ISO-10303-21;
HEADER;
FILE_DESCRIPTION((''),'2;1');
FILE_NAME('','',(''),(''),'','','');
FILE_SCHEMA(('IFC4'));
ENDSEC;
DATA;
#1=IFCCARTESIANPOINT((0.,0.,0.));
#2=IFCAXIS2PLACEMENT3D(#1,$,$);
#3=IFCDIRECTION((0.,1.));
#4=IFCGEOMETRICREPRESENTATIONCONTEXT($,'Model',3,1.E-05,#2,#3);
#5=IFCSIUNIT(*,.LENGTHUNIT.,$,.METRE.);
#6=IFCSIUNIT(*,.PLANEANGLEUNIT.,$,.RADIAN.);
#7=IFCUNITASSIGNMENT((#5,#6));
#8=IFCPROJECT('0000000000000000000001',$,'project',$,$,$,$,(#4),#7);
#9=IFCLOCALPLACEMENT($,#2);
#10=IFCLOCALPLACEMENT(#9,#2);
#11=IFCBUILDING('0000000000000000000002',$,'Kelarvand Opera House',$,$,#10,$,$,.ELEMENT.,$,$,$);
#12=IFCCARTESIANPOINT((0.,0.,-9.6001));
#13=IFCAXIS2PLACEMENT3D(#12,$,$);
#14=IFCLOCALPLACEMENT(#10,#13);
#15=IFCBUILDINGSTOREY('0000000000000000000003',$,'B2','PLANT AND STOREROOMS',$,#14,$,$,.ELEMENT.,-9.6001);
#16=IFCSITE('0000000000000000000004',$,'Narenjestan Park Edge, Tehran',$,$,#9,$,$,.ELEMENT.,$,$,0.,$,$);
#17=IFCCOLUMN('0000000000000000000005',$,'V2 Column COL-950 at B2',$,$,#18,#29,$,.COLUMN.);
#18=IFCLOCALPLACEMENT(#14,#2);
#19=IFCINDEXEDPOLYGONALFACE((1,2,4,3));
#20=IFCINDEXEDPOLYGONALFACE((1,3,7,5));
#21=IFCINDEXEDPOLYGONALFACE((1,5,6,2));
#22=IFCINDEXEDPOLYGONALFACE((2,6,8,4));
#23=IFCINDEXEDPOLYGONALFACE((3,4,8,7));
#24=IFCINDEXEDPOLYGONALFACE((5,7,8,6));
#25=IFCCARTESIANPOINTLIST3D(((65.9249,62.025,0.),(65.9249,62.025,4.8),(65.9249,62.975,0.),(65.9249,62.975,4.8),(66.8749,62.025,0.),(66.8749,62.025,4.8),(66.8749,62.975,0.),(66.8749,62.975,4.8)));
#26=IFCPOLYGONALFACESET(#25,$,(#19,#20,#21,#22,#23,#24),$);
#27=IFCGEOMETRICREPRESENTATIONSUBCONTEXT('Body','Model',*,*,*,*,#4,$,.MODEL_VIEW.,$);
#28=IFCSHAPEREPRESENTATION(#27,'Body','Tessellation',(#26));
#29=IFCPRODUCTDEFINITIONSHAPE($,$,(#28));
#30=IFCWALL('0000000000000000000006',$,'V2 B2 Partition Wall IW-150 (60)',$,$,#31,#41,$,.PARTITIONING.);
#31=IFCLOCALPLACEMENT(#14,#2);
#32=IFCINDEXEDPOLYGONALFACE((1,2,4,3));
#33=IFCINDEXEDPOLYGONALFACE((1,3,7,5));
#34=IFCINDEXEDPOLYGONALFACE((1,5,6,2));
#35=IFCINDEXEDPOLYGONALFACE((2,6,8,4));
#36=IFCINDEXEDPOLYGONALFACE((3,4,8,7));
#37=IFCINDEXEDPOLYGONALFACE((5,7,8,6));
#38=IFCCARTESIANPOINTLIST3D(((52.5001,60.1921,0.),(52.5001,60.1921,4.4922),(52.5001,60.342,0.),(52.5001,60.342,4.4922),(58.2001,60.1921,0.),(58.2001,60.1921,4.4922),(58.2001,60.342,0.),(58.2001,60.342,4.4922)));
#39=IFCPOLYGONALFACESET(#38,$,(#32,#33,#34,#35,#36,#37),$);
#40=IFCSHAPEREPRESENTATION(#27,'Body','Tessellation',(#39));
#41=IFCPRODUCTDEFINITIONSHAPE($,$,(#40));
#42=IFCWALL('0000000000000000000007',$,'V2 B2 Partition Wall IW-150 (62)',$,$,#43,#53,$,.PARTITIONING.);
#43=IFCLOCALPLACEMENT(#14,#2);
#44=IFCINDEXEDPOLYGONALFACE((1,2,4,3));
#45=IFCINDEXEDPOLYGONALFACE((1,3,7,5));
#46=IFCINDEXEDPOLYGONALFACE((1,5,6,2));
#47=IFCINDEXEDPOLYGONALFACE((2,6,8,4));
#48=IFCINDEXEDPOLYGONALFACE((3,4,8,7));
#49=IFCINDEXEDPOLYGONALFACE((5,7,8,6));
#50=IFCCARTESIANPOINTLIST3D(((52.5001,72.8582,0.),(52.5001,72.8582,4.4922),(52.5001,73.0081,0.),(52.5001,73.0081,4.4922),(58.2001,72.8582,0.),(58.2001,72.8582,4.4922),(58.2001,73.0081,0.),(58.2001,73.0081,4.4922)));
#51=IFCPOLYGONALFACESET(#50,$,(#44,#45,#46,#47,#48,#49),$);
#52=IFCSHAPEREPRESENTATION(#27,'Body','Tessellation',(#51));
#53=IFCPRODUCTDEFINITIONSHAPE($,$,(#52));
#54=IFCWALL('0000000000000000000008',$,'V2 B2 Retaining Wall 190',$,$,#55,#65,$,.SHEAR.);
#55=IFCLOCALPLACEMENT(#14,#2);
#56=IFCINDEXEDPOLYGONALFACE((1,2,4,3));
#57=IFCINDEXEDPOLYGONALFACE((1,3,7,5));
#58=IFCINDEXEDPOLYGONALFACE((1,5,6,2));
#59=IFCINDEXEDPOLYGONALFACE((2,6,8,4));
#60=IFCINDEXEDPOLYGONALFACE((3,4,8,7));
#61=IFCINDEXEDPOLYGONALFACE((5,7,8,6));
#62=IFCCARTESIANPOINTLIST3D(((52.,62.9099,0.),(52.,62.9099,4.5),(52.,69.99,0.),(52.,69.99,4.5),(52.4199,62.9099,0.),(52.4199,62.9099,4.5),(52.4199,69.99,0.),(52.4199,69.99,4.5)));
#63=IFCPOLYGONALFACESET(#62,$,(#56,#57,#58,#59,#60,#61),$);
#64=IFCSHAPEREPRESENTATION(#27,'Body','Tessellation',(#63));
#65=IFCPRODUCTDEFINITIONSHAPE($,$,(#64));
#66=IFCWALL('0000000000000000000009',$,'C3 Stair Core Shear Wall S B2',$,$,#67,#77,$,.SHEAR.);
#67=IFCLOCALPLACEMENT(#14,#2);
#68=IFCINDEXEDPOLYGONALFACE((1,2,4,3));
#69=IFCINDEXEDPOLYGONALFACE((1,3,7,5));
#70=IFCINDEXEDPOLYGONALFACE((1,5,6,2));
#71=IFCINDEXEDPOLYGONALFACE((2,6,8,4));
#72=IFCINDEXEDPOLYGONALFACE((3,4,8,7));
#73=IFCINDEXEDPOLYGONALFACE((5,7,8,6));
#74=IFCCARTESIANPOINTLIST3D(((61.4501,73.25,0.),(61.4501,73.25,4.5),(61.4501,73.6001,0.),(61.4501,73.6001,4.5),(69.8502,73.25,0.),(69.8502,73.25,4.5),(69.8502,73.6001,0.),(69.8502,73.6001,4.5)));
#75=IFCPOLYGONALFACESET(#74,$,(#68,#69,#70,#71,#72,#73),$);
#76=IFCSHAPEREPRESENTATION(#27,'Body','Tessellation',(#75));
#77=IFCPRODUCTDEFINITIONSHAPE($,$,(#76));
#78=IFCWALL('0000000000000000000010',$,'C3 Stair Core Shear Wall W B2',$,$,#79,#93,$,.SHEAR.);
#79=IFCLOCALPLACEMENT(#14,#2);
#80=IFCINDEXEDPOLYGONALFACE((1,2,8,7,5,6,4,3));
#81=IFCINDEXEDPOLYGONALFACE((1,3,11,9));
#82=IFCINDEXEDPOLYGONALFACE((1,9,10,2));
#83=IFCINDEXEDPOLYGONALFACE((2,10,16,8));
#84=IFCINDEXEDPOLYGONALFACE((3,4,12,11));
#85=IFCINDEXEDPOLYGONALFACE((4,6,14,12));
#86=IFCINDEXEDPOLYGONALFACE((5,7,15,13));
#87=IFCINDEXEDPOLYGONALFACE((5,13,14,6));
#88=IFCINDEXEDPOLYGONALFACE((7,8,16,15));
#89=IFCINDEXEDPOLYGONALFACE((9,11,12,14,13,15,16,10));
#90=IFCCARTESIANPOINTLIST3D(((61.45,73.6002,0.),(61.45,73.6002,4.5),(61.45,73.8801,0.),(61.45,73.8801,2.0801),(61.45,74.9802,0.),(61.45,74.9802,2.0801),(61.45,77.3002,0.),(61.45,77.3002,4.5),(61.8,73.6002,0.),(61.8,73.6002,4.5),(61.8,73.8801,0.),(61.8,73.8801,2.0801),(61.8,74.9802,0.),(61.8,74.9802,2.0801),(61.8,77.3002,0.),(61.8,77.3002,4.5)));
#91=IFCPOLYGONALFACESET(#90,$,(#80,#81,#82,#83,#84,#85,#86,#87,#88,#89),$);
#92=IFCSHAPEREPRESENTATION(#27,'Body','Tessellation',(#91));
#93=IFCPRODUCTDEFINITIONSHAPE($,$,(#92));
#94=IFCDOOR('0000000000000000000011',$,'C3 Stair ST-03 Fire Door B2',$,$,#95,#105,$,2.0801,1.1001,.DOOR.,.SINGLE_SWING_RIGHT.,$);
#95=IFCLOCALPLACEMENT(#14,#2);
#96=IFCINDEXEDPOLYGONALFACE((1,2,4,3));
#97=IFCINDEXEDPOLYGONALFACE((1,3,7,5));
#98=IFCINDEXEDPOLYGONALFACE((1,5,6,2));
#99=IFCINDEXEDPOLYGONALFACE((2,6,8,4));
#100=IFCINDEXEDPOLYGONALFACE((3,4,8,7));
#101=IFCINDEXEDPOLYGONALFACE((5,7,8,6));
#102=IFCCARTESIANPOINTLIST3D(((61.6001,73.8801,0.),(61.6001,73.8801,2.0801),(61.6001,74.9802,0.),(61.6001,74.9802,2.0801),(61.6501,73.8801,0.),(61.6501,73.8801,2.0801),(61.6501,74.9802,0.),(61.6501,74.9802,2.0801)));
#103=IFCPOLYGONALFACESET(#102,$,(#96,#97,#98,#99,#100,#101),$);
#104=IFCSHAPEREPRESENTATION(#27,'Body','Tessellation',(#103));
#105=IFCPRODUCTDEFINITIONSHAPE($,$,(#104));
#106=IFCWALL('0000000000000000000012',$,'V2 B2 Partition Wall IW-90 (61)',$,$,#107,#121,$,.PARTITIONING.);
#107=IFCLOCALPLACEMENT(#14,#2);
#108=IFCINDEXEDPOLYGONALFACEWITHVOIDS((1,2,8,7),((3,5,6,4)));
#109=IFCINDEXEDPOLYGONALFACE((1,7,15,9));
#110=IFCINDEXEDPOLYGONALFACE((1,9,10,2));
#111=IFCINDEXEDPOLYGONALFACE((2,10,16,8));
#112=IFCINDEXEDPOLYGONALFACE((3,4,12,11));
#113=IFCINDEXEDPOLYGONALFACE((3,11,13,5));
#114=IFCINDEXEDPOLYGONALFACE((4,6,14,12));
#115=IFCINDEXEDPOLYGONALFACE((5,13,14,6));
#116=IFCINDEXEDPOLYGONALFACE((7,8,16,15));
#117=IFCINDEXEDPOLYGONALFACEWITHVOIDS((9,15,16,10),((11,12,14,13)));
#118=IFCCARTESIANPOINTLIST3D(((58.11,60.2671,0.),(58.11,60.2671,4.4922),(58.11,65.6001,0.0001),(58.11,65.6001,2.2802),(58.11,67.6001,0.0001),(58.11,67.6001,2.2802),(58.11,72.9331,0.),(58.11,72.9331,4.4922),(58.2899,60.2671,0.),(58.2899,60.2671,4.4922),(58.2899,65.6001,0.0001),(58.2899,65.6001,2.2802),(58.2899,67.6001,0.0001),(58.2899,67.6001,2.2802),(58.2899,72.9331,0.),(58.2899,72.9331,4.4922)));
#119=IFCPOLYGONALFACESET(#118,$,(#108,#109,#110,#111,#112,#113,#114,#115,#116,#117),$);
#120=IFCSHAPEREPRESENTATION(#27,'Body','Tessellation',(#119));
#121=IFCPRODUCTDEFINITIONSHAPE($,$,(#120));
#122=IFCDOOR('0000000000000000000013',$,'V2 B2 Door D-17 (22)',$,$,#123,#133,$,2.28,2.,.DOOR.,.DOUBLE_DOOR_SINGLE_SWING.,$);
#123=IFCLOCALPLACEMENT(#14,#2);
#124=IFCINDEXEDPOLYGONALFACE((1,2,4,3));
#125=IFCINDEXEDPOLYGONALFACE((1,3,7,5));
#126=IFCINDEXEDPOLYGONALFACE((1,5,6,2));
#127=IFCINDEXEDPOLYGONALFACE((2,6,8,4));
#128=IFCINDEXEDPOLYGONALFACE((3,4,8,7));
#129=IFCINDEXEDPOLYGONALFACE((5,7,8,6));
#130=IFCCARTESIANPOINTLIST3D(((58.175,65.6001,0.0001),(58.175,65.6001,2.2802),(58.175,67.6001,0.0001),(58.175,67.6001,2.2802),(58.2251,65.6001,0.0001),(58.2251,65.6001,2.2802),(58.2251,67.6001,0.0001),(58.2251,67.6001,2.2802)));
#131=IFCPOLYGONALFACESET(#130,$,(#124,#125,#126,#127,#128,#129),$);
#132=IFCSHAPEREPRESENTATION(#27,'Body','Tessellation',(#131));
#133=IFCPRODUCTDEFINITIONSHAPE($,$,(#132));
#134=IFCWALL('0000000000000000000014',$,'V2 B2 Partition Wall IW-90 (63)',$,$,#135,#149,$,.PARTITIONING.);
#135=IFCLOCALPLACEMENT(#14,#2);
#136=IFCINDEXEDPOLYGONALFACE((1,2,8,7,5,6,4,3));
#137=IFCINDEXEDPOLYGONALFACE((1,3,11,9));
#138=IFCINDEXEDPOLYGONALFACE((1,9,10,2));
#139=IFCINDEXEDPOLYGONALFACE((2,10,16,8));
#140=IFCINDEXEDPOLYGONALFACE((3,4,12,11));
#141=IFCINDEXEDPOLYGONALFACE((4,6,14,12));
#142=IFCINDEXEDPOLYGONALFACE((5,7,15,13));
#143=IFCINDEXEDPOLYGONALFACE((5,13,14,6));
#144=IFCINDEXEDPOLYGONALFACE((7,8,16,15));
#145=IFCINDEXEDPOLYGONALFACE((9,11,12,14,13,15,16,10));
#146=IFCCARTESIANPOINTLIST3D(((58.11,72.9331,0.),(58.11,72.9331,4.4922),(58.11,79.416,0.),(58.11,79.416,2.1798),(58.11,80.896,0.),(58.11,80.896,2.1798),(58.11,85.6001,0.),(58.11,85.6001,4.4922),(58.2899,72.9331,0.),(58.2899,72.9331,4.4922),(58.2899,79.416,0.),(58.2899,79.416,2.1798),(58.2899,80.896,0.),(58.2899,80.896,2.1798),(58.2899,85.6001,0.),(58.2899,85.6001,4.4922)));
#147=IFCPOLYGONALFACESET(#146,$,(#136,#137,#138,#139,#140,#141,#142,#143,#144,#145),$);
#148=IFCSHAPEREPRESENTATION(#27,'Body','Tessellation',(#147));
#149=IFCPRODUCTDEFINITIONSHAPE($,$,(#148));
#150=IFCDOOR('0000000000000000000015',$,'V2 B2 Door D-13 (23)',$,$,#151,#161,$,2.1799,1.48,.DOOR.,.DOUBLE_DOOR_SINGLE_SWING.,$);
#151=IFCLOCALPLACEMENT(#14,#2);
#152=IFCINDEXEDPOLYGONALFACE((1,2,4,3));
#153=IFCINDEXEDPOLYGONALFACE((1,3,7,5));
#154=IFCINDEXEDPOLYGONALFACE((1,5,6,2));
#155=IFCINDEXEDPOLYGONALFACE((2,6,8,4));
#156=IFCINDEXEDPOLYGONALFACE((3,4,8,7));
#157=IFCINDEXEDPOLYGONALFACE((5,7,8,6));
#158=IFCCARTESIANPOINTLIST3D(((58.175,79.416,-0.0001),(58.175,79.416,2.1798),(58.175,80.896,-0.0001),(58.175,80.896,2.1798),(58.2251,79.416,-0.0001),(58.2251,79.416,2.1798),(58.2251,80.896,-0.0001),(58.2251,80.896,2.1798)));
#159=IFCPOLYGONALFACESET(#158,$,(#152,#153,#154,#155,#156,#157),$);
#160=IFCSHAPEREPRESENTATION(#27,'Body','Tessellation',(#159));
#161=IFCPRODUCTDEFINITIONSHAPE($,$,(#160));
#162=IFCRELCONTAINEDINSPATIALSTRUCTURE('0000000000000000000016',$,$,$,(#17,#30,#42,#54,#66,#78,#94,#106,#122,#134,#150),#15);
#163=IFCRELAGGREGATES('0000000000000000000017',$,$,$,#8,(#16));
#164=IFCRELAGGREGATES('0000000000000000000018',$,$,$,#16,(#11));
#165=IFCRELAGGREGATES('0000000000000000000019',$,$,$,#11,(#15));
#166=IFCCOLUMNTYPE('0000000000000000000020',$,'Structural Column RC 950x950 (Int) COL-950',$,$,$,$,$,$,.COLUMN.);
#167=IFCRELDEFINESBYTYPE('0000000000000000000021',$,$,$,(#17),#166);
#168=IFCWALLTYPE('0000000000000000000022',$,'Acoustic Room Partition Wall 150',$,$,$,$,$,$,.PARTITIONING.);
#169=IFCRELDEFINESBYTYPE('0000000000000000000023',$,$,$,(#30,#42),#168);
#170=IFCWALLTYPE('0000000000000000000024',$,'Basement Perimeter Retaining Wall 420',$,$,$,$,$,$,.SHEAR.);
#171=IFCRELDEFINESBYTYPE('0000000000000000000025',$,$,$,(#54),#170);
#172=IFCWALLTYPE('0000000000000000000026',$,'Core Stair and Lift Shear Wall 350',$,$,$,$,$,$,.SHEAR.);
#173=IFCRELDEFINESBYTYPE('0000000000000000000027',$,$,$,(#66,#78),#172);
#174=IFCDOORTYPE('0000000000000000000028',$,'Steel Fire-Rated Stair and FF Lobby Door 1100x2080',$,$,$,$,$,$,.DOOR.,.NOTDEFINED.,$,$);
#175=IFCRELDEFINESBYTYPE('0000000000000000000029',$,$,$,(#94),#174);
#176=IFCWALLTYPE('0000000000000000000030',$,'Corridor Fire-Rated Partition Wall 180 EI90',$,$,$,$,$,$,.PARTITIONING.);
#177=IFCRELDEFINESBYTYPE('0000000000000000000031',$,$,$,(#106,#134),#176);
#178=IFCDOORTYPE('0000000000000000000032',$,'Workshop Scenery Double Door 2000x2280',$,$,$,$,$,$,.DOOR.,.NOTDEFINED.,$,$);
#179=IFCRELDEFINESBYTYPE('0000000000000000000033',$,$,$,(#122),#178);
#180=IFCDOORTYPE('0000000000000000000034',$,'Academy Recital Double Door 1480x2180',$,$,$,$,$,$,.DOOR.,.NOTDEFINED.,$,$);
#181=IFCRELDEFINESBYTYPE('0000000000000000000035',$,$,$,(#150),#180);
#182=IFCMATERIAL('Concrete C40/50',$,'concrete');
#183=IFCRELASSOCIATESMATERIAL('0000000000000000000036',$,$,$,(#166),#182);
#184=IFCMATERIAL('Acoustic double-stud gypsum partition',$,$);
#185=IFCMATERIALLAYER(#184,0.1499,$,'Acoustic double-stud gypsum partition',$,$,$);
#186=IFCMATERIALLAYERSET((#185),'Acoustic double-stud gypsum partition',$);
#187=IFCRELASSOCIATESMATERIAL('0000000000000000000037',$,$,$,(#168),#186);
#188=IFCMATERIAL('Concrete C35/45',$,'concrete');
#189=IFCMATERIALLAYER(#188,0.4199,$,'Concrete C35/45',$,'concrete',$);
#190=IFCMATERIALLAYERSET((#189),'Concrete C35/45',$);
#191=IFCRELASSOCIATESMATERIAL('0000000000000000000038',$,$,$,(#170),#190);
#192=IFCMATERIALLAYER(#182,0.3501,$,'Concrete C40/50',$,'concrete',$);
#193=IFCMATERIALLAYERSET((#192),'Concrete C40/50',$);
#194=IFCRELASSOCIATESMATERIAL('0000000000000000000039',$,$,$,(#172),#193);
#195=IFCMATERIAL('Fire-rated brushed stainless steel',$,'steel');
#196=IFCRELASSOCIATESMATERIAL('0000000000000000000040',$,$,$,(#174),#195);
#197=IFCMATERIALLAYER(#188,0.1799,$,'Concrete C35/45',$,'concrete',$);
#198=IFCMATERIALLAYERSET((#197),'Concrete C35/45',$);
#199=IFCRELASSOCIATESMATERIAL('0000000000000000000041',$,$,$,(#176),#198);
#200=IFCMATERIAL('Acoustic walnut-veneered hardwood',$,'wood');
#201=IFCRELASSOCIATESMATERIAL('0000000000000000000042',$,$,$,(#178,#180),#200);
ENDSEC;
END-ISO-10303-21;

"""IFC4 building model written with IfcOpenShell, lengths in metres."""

from ifc_helpers import new_model, si_unit, direction, frame, frame_2d, origin, origin_2d, place, context, subcontext, project, spatial, rectangle, extrude, material, layer, layer_set, material_profile, profile_set, type_object, element, fill, save


model = new_model("IFC4")

# Units and contexts
model_context = context("Model", 3, precision=1e-05, world=origin(), true_north=direction((0.0, 1.0)))
body_context = subcontext(model_context, "Body", "Model", "MODEL_VIEW")
ifc_project = project(units=[si_unit("LENGTHUNIT", "METRE"), si_unit("PLANEANGLEUNIT", "RADIAN")], contexts=[model_context])

# Site, building, storey
site_placement = place(None, origin())
site = spatial("IfcSite", under=ifc_project, at=site_placement, Name="Narenjestan Park Edge, Tehran", CompositionType="ELEMENT", RefElevation=0.0)
building_placement = place(site_placement, origin())
building = spatial("IfcBuilding", under=site, at=building_placement, Name="Kelarvand Opera House", CompositionType="ELEMENT")
storey_placement = place(building_placement, frame((0.0, 0.0, -9.6001)))
storey = spatial("IfcBuildingStorey", under=building, at=storey_placement, Name="B2", Description="PLANT AND STOREROOMS", CompositionType="ELEMENT", Elevation=-9.6001)

# Shared definitions
ifc_material_1 = material(Name="Concrete C40/50", Category="concrete")

# Column
ifc_material_profile_1 = material_profile(ifc_material_1, rectangle(XDim=0.95, YDim=0.95, at=origin_2d()), Name="RC 950x950", Category="concrete")
ifc_profile_set_1 = profile_set([ifc_material_profile_1], Name="Concrete C40/50")
column_type_1 = type_object("IfcColumnType", Name="Structural Column RC 950x950 (Int) COL-950", PredefinedType="COLUMN", material=ifc_profile_set_1)
for number, where, z_axis, x_axis, name in (
    (1, (66.3999, 62.5, 0.0), (0.0, 0.0, 1.0), (1.0, 0.0, 0.0), "V2 Column COL-950 at B2"),
):
    element("IfcColumn", number, at=place(storey_placement, frame(where, z_axis=z_axis, x_axis=x_axis)), inside=storey, type_object=column_type_1, Name=name, PredefinedType="COLUMN", context=body_context, shape_type="SweptSolid", body=[
        extrude(rectangle(XDim=0.95, YDim=0.95, at=origin_2d()), origin(), (0.0, 0.0, 1.0), 4.8),
    ])

# Walls
ifc_material_2 = material(Name="Acoustic double-stud gypsum partition")
ifc_layer_1 = layer(ifc_material_2, 0.1499, Name="Acoustic double-stud gypsum partition")
ifc_layer_set_1 = layer_set([ifc_layer_1], Name="Acoustic double-stud gypsum partition")
wall_type_1 = type_object("IfcWallType", Name="Acoustic Room Partition Wall 150", PredefinedType="PARTITIONING", material=ifc_layer_set_1)
for number, where, z_axis, x_axis, name in (
    (2, (52.5, 60.2671, 0.0), (0.0, 0.0, 1.0), (1.0, 0.0, 0.0), "V2 B2 Partition Wall IW-150 (60)"),
    (3, (52.5, 72.9331, 0.0), (0.0, 0.0, 1.0), (1.0, 0.0, 0.0), "V2 B2 Partition Wall IW-150 (62)"),
):
    element("IfcWall", number, at=place(storey_placement, frame(where, z_axis=z_axis, x_axis=x_axis)), inside=storey, type_object=wall_type_1, Name=name, PredefinedType="PARTITIONING", context=body_context, shape_type="SweptSolid", body=[
        extrude(rectangle(XDim=5.7, YDim=0.1499, at=frame_2d((2.8501, 0.0))), origin(), (0.0, 0.0, 1.0), 4.4922),
    ])
ifc_material_3 = material(Name="Concrete C35/45", Category="concrete")
ifc_layer_2 = layer(ifc_material_3, 0.4199, Name="Concrete C35/45", Category="concrete")
ifc_layer_set_2 = layer_set([ifc_layer_2], Name="Concrete C35/45")
wall_type_2 = type_object("IfcWallType", Name="Basement Perimeter Retaining Wall 420", PredefinedType="SHEAR", material=ifc_layer_set_2)
wall_1_placement = place(storey_placement, frame((52.21, 62.9099, 0.0), z_axis=(0.0, 0.0, 1.0), x_axis=(0.0, 1.0, 0.0)))
element("IfcWall", 4, at=wall_1_placement, inside=storey, type_object=wall_type_2, Name="V2 B2 Retaining Wall 190", PredefinedType="SHEAR", context=body_context, shape_type="SweptSolid", body=[
    extrude(rectangle(XDim=7.0801, YDim=0.4199, at=frame_2d((3.54, 0.0))), origin(), (0.0, 0.0, 1.0), 4.5),
])
ifc_layer_3 = layer(ifc_material_1, 0.3501, Name="Concrete C40/50", Category="concrete")
ifc_layer_set_3 = layer_set([ifc_layer_3], Name="Concrete C40/50")
wall_type_3 = type_object("IfcWallType", Name="Core Stair and Lift Shear Wall 350", PredefinedType="SHEAR", material=ifc_layer_set_3)
wall_2_placement = place(storey_placement, frame((61.45, 73.425, 0.0), z_axis=(0.0, 0.0, 1.0), x_axis=(1.0, 0.0, 0.0)))
element("IfcWall", 5, at=wall_2_placement, inside=storey, type_object=wall_type_3, Name="C3 Stair Core Shear Wall S B2", PredefinedType="SHEAR", context=body_context, shape_type="SweptSolid", body=[
    extrude(rectangle(XDim=8.4001, YDim=0.3501, at=frame_2d((4.2002, 0.0))), origin(), (0.0, 0.0, 1.0), 4.5),
])

# Walls, openings, doors
wall_3_placement = place(storey_placement, frame((61.625, 73.6001, 0.0), z_axis=(0.0, 0.0, 1.0), x_axis=(0.0, 1.0, 0.0)))
wall_3 = element("IfcWall", 6, at=wall_3_placement, inside=storey, type_object=wall_type_3, Name="C3 Stair Core Shear Wall W B2", PredefinedType="SHEAR", context=body_context, shape_type="SweptSolid", body=[
    extrude(rectangle(XDim=3.7, YDim=0.3501, at=frame_2d((1.8501, 0.0))), origin(), (0.0, 0.0, 1.0), 4.5),
])
opening_1_placement = place(wall_3_placement, frame((0.28, 0.0, 0.0)))
opening_1 = element("IfcOpeningElement", 7, at=opening_1_placement, cuts=wall_3, PredefinedType="OPENING", context=body_context, shape_type="SweptSolid", body=[
    extrude(rectangle(XDim=1.1001, YDim=2.0801, at=frame_2d((0.55, 1.04))), frame((0.0, 0.1851, 0.0), z_axis=(0.0, -1.0, 0.0), x_axis=(1.0, 0.0, 0.0)), (0.0, 0.0, 1.0), 0.3701),
])
ifc_material_4 = material(Name="Fire-rated brushed stainless steel", Category="steel")
door_type_1 = type_object("IfcDoorType", Name="Steel Fire-Rated Stair and FF Lobby Door 1100x2080", OperationType="NOTDEFINED", PredefinedType="DOOR", material=ifc_material_4)
door_1_placement = place(opening_1_placement, origin())
door_1 = element("IfcDoor", 8, at=door_1_placement, inside=storey, type_object=door_type_1, Name="C3 Stair ST-03 Fire Door B2", OperationType="SINGLE_SWING_RIGHT", OverallHeight=2.0801, OverallWidth=1.1001, PredefinedType="DOOR", context=body_context, shape_type="SweptSolid", body=[
    extrude(rectangle(XDim=1.1001, YDim=2.0801, at=frame_2d((0.55, 1.04))), frame((0.0, 0.0249, 0.0), z_axis=(0.0, -1.0, 0.0), x_axis=(1.0, 0.0, 0.0)), (0.0, 0.0, 1.0), 0.05),
])
fill(opening_1, door_1)
ifc_layer_4 = layer(ifc_material_3, 0.1799, Name="Concrete C35/45", Category="concrete")
ifc_layer_set_4 = layer_set([ifc_layer_4], Name="Concrete C35/45")
wall_type_4 = type_object("IfcWallType", Name="Corridor Fire-Rated Partition Wall 180 EI90", PredefinedType="PARTITIONING", material=ifc_layer_set_4)
wall_4_placement = place(storey_placement, frame((58.2, 60.2671, 0.0), z_axis=(0.0, 0.0, 1.0), x_axis=(0.0, 1.0, 0.0)))
wall_4 = element("IfcWall", 9, at=wall_4_placement, inside=storey, type_object=wall_type_4, Name="V2 B2 Partition Wall IW-90 (61)", PredefinedType="PARTITIONING", context=body_context, shape_type="SweptSolid", body=[
    extrude(rectangle(XDim=12.666, YDim=0.1799, at=frame_2d((6.333, 0.0))), origin(), (0.0, 0.0, 1.0), 4.4922),
])
opening_2_placement = place(wall_4_placement, frame((5.333, 0.0, 0.0)))
opening_2 = element("IfcOpeningElement", 10, at=opening_2_placement, cuts=wall_4, PredefinedType="OPENING", context=body_context, shape_type="SweptSolid", body=[
    extrude(rectangle(XDim=2.0, YDim=2.28, at=frame_2d((1.0, 1.1401))), frame((0.0, 0.1001, 0.0), z_axis=(0.0, -1.0, 0.0), x_axis=(1.0, 0.0, 0.0)), (0.0, 0.0, 1.0), 0.2),
])
ifc_material_5 = material(Name="Acoustic walnut-veneered hardwood", Category="wood")
door_type_2 = type_object("IfcDoorType", Name="Workshop Scenery Double Door 2000x2280", OperationType="NOTDEFINED", PredefinedType="DOOR", material=ifc_material_5)
door_2_placement = place(opening_2_placement, origin())
door_2 = element("IfcDoor", 11, at=door_2_placement, inside=storey, type_object=door_type_2, Name="V2 B2 Door D-17 (22)", OperationType="DOUBLE_DOOR_SINGLE_SWING", OverallHeight=2.28, OverallWidth=2.0, PredefinedType="DOOR", context=body_context, shape_type="SweptSolid", body=[
    extrude(rectangle(XDim=2.0, YDim=2.28, at=frame_2d((1.0, 1.1401))), frame((0.0, 0.0249, 0.0), z_axis=(0.0, -1.0, 0.0), x_axis=(1.0, 0.0, 0.0)), (0.0, 0.0, 1.0), 0.05),
])
fill(opening_2, door_2)
wall_5_placement = place(storey_placement, frame((58.2, 72.9331, 0.0), z_axis=(0.0, 0.0, 1.0), x_axis=(0.0, 1.0, 0.0)))
wall_5 = element("IfcWall", 12, at=wall_5_placement, inside=storey, type_object=wall_type_4, Name="V2 B2 Partition Wall IW-90 (63)", PredefinedType="PARTITIONING", context=body_context, shape_type="SweptSolid", body=[
    extrude(rectangle(XDim=12.667, YDim=0.1799, at=frame_2d((6.3335, 0.0))), origin(), (0.0, 0.0, 1.0), 4.4922),
])
opening_3_placement = place(wall_5_placement, frame((6.4829, 0.0, 0.0)))
opening_3 = element("IfcOpeningElement", 13, at=opening_3_placement, cuts=wall_5, PredefinedType="OPENING", context=body_context, shape_type="SweptSolid", body=[
    extrude(rectangle(XDim=1.48, YDim=2.1799, at=frame_2d((0.74, 1.0898))), frame((0.0, 0.1001, 0.0), z_axis=(0.0, -1.0, 0.0), x_axis=(1.0, 0.0, 0.0)), (0.0, 0.0, 1.0), 0.2),
])
door_type_3 = type_object("IfcDoorType", Name="Academy Recital Double Door 1480x2180", OperationType="NOTDEFINED", PredefinedType="DOOR", material=ifc_material_5)
door_3_placement = place(opening_3_placement, origin())
door_3 = element("IfcDoor", 14, at=door_3_placement, inside=storey, type_object=door_type_3, Name="V2 B2 Door D-13 (23)", OperationType="DOUBLE_DOOR_SINGLE_SWING", OverallHeight=2.1799, OverallWidth=1.48, PredefinedType="DOOR", context=body_context, shape_type="SweptSolid", body=[
    extrude(rectangle(XDim=1.48, YDim=2.1799, at=frame_2d((0.74, 1.0898))), frame((0.0, 0.0249, 0.0), z_axis=(0.0, -1.0, 0.0), x_axis=(1.0, 0.0, 0.0)), (0.0, 0.0, 1.0), 0.05),
])
fill(opening_3, door_3)

save(model, "model.ifc")
